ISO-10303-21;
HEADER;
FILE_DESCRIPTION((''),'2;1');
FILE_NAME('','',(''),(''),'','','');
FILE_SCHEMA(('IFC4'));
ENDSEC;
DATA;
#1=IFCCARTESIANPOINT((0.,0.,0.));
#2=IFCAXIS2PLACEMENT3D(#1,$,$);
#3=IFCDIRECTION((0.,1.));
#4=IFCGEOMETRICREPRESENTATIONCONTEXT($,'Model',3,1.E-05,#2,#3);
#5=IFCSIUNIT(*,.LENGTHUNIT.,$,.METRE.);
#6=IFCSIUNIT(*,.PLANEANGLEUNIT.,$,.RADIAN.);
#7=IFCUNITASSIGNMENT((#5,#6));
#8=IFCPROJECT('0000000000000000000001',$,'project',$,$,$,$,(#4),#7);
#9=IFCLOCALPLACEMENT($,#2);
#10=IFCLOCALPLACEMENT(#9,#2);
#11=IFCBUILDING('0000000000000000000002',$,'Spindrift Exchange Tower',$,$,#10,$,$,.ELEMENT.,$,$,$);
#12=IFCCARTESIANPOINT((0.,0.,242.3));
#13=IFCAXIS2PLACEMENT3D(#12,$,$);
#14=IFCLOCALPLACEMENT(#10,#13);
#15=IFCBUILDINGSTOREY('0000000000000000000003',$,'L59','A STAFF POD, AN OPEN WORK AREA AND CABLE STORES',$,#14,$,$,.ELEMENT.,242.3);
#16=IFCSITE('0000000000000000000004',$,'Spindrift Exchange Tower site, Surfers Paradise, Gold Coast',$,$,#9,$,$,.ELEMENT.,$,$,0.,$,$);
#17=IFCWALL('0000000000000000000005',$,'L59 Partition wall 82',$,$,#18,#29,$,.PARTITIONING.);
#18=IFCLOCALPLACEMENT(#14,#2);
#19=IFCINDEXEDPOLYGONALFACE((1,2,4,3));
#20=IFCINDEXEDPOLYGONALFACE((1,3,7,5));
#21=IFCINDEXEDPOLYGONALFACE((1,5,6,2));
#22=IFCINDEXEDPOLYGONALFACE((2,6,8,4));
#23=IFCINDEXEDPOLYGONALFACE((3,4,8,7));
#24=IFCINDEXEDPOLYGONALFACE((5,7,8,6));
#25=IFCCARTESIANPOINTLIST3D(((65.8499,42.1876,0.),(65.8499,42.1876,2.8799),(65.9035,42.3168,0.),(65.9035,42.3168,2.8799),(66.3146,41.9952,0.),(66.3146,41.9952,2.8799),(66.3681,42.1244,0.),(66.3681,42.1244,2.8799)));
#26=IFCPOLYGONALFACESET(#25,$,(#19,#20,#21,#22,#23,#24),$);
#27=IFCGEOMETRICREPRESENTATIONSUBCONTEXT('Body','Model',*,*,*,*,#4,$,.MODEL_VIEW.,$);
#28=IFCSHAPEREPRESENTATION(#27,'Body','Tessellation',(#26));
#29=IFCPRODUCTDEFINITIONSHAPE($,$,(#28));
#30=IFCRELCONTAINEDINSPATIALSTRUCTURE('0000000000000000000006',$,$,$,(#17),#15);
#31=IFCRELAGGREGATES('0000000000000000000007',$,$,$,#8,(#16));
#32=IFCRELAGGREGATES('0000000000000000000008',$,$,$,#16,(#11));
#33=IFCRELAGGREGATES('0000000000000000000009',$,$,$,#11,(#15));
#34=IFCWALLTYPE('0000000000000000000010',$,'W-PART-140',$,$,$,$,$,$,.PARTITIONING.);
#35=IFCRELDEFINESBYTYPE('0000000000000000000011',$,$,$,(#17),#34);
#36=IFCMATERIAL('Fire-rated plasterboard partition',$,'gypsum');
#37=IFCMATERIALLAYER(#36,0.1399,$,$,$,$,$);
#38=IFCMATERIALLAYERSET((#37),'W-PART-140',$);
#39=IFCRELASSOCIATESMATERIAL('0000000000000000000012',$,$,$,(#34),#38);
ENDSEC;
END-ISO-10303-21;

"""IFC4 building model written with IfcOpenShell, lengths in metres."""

from ifc_helpers import new_model, si_unit, direction, frame, frame_2d, origin, place, context, subcontext, project, spatial, rectangle, extrude, material, layer, layer_set, type_object, element, save


model = new_model("IFC4")

# Units and contexts
model_context = context("Model", 3, precision=1e-05, world=origin(), true_north=direction((0.0, 1.0)))
body_context = subcontext(model_context, "Body", "Model", "MODEL_VIEW")
ifc_project = project(units=[si_unit("LENGTHUNIT", "METRE"), si_unit("PLANEANGLEUNIT", "RADIAN")], contexts=[model_context])

# Site, building, storey
site_placement = place(None, origin())
site = spatial("IfcSite", under=ifc_project, at=site_placement, Name="Spindrift Exchange Tower site, Surfers Paradise, Gold Coast", CompositionType="ELEMENT", RefElevation=0.0)
building_placement = place(site_placement, origin())
building = spatial("IfcBuilding", under=site, at=building_placement, Name="Spindrift Exchange Tower", CompositionType="ELEMENT")
storey_placement = place(building_placement, frame((0.0, 0.0, 242.3)))
storey = spatial("IfcBuildingStorey", under=building, at=storey_placement, Name="L59", Description="A STAFF POD, AN OPEN WORK AREA AND CABLE STORES", CompositionType="ELEMENT", Elevation=242.3)

# Shared definitions
ifc_material_1 = material(Name="Fire-rated plasterboard partition", Category="gypsum")
ifc_layer_1 = layer(ifc_material_1, 0.1399)
ifc_layer_set_1 = layer_set([ifc_layer_1], Name="W-PART-140")
wall_type = type_object("IfcWallType", Name="W-PART-140", PredefinedType="PARTITIONING", material=ifc_layer_set_1)

# Wall
wall_1_placement = place(storey_placement, frame((65.8767, 42.2522, 0.0), z_axis=(0.0, 0.0, 1.0), x_axis=(0.923922, -0.38258, 0.0)))
element("IfcWall", 1, at=wall_1_placement, inside=storey, type_object=wall_type, Name="L59 Partition wall 82", PredefinedType="PARTITIONING", context=body_context, shape_type="SweptSolid", body=[
    extrude(rectangle(XDim=0.5029, YDim=0.1399, at=frame_2d((0.2515, 0.0))), origin(), (0.0, 0.0, 1.0), 2.8799),
])

save(model, "model.ifc")
